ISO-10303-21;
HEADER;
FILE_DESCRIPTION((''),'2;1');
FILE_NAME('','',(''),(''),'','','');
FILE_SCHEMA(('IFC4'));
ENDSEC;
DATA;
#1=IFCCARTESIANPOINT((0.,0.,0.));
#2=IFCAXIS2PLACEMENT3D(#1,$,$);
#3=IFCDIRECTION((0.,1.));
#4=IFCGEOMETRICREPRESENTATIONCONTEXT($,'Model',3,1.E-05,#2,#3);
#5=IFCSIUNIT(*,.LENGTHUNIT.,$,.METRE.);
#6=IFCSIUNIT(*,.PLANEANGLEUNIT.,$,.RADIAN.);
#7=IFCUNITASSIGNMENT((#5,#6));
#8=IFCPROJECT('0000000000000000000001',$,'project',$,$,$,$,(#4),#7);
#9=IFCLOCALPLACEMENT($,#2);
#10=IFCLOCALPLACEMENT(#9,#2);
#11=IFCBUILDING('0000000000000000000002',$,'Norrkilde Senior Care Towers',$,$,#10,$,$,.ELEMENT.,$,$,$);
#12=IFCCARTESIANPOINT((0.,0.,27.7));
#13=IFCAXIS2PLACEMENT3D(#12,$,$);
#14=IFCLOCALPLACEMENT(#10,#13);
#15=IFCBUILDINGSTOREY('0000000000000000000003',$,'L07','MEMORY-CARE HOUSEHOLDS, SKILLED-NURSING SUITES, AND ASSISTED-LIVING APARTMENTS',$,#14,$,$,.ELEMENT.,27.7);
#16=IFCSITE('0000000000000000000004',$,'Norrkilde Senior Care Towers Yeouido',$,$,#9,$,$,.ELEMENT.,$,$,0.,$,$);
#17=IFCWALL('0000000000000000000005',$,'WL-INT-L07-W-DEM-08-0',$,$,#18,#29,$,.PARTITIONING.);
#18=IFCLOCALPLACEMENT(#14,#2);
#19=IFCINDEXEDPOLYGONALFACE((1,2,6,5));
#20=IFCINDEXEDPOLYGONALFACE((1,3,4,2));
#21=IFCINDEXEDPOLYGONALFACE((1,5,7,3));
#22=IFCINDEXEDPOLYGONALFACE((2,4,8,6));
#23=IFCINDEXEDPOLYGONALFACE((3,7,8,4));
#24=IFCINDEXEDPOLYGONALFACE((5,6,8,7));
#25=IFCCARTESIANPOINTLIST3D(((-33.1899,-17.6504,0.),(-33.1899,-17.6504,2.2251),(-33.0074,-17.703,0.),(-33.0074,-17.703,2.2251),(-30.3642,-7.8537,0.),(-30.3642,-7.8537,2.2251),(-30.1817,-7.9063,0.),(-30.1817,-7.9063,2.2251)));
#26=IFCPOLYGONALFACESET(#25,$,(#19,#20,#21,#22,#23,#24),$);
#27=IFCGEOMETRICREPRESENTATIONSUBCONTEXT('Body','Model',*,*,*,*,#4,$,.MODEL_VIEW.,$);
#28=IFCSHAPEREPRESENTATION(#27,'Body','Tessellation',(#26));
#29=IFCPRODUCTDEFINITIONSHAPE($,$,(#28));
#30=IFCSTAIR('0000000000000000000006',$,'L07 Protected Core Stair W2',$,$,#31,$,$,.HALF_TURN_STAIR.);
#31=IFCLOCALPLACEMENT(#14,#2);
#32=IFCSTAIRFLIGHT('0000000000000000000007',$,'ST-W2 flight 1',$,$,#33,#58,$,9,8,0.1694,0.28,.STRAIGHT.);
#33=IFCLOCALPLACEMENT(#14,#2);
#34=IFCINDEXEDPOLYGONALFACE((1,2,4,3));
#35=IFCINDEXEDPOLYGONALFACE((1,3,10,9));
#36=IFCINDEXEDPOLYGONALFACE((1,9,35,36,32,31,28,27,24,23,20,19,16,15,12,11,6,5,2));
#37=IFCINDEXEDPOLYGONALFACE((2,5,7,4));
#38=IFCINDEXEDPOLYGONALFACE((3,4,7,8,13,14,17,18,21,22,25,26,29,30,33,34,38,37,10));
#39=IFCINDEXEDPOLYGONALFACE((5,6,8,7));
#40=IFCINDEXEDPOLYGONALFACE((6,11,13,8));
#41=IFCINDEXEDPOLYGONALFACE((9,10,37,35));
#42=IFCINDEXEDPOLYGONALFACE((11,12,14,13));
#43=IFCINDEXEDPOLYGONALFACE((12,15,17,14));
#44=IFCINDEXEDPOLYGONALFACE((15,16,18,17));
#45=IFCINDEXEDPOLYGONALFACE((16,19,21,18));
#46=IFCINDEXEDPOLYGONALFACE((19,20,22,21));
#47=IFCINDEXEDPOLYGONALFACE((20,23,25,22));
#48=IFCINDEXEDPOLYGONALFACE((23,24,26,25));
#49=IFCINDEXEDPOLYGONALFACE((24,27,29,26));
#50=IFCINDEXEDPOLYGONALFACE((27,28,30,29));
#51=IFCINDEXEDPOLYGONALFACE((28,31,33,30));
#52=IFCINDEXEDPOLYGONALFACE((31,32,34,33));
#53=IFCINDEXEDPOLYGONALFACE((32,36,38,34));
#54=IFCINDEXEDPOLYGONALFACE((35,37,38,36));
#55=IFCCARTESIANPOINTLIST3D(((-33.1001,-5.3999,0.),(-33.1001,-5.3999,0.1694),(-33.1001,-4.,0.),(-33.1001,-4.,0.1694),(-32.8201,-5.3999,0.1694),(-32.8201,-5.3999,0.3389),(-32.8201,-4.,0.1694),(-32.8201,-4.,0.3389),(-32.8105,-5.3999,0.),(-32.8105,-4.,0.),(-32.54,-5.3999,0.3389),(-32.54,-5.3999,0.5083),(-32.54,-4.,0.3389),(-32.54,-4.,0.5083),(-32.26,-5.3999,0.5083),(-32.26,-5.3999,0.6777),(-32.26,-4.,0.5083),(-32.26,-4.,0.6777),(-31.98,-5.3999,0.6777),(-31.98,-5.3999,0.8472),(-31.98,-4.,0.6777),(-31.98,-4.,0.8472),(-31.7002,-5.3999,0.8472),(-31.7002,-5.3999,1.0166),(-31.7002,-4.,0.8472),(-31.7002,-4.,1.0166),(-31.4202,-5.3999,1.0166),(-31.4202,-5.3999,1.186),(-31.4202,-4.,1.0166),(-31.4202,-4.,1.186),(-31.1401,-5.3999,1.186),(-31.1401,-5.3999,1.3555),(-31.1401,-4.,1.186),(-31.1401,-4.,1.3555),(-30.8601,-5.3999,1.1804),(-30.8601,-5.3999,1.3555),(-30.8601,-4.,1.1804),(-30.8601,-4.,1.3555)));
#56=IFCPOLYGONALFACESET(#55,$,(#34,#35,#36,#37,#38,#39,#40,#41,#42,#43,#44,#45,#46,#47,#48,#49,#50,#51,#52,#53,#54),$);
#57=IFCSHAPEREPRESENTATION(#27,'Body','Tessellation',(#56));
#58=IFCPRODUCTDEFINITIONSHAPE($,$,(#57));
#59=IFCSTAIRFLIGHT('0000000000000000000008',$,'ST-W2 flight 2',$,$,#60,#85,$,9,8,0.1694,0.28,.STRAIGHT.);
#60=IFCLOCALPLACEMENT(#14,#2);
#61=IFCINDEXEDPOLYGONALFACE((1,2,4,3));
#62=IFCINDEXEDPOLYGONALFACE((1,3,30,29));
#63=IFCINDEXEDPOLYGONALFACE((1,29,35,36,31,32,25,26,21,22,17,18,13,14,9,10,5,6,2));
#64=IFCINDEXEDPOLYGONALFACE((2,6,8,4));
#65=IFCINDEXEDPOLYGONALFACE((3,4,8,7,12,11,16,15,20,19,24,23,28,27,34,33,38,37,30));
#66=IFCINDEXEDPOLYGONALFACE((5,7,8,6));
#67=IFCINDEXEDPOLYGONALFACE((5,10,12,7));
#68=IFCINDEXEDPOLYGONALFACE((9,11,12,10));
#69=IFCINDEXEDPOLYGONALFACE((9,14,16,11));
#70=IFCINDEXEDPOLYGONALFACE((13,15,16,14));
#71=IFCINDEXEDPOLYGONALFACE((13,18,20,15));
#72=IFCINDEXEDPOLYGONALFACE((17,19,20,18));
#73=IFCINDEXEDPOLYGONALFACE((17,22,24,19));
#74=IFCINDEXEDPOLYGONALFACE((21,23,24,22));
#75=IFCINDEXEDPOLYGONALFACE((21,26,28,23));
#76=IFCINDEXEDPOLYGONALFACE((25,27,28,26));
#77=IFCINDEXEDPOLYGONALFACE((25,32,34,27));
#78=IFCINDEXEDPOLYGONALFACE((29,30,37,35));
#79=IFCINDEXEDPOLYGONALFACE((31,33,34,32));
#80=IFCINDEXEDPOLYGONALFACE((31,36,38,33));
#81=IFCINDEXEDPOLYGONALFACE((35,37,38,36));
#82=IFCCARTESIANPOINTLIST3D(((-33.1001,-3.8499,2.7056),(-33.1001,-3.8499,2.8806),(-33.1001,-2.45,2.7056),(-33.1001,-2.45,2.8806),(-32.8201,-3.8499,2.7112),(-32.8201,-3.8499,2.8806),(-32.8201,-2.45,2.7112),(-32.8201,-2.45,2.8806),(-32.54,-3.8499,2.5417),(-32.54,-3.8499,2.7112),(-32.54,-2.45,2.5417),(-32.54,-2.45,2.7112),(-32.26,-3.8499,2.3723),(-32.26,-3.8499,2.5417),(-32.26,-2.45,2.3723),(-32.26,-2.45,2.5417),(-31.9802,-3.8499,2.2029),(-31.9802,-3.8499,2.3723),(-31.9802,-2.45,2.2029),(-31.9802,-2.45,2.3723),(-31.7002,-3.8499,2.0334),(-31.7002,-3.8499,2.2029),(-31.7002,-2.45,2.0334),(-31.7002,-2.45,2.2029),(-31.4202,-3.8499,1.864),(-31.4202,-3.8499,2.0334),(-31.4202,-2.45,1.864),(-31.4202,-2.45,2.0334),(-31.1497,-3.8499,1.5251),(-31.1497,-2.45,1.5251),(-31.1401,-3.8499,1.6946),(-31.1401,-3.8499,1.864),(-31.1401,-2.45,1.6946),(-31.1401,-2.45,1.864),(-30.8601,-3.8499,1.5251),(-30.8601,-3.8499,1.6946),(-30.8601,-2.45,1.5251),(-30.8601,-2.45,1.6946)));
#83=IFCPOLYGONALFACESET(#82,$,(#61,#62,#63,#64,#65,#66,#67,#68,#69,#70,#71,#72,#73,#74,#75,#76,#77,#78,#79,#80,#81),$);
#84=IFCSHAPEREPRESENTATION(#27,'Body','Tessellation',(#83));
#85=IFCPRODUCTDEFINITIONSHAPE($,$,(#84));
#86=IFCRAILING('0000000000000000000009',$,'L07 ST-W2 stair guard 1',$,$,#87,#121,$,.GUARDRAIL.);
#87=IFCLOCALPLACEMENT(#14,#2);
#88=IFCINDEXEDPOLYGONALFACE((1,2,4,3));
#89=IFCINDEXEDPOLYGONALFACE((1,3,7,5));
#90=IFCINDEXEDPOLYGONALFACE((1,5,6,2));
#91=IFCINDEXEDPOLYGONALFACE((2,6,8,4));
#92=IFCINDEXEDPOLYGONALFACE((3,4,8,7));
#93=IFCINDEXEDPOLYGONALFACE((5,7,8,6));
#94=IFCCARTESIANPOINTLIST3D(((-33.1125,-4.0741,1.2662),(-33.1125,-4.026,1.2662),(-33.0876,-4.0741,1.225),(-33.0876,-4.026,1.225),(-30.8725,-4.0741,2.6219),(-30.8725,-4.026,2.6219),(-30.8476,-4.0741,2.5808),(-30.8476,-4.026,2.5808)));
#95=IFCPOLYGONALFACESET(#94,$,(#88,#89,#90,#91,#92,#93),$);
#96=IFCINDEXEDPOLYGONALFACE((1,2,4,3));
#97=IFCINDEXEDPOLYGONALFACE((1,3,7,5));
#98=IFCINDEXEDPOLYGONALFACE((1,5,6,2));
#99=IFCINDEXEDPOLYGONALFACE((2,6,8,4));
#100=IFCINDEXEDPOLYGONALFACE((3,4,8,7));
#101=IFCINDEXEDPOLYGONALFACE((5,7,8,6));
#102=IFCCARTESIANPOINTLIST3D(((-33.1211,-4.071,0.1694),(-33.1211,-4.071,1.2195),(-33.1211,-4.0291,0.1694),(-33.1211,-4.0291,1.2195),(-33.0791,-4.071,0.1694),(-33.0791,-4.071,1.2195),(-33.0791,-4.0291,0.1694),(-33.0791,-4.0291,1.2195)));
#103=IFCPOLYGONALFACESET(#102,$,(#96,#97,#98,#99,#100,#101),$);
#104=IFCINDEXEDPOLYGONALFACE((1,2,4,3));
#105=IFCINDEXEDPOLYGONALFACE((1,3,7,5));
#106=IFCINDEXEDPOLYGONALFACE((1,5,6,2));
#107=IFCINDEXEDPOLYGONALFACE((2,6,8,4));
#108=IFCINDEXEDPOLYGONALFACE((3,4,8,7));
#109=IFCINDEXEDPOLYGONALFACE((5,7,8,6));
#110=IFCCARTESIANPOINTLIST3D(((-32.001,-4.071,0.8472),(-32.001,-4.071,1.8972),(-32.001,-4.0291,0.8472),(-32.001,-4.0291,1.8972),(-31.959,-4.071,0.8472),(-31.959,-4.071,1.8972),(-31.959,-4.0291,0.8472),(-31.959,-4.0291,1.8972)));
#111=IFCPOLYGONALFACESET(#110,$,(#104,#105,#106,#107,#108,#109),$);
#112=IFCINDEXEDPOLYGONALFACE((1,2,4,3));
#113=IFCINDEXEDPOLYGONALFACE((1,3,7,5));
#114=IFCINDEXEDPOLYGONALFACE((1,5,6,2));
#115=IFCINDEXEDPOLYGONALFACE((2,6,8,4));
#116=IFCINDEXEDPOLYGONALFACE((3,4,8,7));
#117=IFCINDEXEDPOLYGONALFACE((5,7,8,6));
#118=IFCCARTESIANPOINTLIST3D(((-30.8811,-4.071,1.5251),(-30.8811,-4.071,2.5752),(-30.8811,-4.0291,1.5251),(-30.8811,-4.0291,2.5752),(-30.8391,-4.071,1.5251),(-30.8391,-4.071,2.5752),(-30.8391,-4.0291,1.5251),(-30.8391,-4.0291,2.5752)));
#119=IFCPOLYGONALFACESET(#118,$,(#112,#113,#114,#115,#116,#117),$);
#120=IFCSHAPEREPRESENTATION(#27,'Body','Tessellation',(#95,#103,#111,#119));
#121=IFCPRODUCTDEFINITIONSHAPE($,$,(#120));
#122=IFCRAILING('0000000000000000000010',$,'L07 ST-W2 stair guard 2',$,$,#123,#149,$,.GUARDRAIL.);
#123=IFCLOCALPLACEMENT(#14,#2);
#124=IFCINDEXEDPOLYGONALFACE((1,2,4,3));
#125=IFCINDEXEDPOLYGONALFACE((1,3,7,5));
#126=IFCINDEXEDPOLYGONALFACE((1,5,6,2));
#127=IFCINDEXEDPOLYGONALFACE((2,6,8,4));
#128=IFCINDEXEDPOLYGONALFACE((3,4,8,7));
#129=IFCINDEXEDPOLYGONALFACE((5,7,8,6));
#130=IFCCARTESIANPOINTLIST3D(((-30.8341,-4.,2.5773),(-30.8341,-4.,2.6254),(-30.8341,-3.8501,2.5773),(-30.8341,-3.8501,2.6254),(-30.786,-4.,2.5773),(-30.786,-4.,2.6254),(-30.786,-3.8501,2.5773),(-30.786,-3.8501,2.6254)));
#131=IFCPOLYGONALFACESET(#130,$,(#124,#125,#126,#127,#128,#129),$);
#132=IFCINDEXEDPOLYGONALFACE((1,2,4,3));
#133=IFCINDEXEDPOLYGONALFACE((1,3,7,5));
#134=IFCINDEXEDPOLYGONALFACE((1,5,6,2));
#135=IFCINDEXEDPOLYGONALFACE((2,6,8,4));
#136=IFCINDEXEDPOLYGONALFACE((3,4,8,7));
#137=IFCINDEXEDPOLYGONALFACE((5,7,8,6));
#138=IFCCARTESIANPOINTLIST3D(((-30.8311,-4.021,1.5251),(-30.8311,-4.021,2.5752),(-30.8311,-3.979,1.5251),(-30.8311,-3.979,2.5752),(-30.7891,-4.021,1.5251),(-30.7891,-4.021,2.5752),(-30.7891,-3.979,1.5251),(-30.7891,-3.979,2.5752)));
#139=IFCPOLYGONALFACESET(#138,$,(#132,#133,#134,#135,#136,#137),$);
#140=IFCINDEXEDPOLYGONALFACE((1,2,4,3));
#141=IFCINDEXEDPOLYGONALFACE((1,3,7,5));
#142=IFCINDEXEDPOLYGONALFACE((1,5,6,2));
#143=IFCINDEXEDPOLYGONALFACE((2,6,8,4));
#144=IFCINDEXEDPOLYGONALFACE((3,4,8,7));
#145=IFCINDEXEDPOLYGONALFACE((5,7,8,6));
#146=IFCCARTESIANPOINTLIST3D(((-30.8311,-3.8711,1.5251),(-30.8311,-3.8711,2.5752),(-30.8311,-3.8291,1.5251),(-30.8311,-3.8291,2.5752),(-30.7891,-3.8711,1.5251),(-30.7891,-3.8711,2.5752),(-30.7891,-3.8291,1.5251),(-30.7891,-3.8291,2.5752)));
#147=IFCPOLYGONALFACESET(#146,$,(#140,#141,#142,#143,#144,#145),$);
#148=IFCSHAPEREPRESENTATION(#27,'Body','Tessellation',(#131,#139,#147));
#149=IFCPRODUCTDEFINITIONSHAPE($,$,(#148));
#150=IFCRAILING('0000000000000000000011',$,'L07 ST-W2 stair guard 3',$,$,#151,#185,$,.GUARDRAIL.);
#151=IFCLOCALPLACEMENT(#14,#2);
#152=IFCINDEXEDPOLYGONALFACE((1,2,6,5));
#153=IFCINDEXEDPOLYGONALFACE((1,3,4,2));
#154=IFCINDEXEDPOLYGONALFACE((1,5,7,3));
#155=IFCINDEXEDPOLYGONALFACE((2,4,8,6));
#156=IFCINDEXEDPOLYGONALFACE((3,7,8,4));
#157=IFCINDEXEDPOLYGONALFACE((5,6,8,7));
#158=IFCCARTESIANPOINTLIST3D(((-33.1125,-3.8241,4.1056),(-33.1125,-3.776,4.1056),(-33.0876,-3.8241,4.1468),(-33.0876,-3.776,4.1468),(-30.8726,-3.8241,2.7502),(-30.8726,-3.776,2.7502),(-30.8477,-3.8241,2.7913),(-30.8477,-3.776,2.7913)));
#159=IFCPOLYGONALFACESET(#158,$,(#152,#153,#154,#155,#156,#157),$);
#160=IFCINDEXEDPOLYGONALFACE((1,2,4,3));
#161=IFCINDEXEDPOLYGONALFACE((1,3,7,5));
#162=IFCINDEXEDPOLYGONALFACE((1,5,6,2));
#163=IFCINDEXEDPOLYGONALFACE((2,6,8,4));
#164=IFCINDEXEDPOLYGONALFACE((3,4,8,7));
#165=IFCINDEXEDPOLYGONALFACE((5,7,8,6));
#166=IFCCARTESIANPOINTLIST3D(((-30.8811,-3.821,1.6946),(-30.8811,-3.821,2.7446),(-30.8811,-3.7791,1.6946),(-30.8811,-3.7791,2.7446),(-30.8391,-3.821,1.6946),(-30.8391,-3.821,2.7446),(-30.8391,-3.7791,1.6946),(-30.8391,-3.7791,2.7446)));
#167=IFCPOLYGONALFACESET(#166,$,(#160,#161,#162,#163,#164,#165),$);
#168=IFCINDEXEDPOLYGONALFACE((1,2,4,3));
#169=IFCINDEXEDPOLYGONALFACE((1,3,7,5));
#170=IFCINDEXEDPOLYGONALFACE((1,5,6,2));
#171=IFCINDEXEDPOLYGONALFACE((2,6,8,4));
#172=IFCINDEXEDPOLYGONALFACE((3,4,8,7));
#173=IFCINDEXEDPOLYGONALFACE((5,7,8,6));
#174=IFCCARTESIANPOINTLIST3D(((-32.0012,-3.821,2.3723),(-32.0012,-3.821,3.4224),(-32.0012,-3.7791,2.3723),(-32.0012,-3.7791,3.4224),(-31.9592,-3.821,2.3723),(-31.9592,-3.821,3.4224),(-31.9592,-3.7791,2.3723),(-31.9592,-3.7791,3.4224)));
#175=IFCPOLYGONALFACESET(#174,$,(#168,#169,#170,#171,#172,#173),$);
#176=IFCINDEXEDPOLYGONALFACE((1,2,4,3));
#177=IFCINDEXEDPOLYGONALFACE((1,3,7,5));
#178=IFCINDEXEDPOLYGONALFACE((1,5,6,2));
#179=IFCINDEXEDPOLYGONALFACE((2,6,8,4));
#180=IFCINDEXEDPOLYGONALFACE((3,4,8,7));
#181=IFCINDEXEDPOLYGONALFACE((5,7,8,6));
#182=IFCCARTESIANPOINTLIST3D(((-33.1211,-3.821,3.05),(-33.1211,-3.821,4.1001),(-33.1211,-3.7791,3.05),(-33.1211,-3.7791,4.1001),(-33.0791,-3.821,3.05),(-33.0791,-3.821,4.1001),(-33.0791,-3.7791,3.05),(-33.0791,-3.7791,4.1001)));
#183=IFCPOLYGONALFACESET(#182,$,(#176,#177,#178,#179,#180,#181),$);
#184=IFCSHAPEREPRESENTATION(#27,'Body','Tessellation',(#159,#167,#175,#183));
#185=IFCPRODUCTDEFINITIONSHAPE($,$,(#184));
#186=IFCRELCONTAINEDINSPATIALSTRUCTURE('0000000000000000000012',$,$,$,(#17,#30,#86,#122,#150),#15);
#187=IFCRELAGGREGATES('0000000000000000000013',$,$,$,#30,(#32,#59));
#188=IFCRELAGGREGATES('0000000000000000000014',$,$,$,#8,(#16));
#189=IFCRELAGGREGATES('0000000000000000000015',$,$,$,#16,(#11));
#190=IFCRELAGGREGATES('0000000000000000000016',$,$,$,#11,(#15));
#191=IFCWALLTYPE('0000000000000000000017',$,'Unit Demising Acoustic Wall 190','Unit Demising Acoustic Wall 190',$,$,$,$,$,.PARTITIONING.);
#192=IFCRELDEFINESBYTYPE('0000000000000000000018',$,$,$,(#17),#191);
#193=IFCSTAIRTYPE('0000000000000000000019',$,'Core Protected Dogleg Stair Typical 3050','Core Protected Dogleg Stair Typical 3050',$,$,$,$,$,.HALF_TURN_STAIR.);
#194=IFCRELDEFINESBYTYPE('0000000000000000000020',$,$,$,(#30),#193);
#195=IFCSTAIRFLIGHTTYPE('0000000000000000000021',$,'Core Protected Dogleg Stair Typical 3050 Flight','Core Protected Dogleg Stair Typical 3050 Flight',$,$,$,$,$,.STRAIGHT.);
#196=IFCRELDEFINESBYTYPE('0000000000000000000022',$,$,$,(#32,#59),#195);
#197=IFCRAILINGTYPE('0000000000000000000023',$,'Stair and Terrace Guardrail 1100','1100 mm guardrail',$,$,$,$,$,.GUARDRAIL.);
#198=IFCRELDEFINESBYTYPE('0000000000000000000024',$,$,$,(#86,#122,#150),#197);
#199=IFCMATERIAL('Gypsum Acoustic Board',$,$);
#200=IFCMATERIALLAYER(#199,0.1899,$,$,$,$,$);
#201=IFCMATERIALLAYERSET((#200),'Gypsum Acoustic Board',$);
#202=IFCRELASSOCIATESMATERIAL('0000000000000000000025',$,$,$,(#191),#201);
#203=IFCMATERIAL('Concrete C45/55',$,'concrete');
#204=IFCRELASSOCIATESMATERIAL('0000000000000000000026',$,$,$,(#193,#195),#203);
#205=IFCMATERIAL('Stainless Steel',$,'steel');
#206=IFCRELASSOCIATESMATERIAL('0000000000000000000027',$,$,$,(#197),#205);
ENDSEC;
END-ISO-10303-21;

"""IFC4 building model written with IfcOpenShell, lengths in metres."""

from ifc_helpers import new_model, si_unit, direction, frame, frame_2d, origin, origin_2d, place, context, subcontext, project, spatial, polyline, rectangle, outline, extrude, source, transform, mapped, material, layer, layer_set, type_object, type_shapes, element, aggregate, save


model = new_model("IFC4")

# Units and contexts
model_context = context("Model", 3, precision=1e-05, world=origin(), true_north=direction((0.0, 1.0)))
body_context = subcontext(model_context, "Body", "Model", "MODEL_VIEW")
ifc_project = project(units=[si_unit("LENGTHUNIT", "METRE"), si_unit("PLANEANGLEUNIT", "RADIAN")], contexts=[model_context])

# Site, building, storey
site_placement = place(None, origin())
site = spatial("IfcSite", under=ifc_project, at=site_placement, Name="Norrkilde Senior Care Towers Yeouido", CompositionType="ELEMENT", RefElevation=0.0)
building_placement = place(site_placement, origin())
building = spatial("IfcBuilding", under=site, at=building_placement, Name="Norrkilde Senior Care Towers", CompositionType="ELEMENT")
storey_placement = place(building_placement, frame((0.0, 0.0, 27.7)))
storey = spatial("IfcBuildingStorey", under=building, at=storey_placement, Name="L07", Description="MEMORY-CARE HOUSEHOLDS, SKILLED-NURSING SUITES, AND ASSISTED-LIVING APARTMENTS", CompositionType="ELEMENT", Elevation=27.7)

# Shared definitions
ifc_material_1 = material(Name="Concrete C45/55", Category="concrete")

# Wall
ifc_material_2 = material(Name="Gypsum Acoustic Board")
ifc_layer_1 = layer(ifc_material_2, 0.1899)
ifc_layer_set_1 = layer_set([ifc_layer_1], Name="Gypsum Acoustic Board")
wall_type_1 = type_object("IfcWallType", Name="Unit Demising Acoustic Wall 190", Description="Unit Demising Acoustic Wall 190", PredefinedType="PARTITIONING", material=ifc_layer_set_1)
shared_shape_1 = source(origin(), body_context, "Body", "SweptSolid", [
    extrude(rectangle(XDim=10.196, YDim=0.1899, at=frame_2d((5.0981, 0.0))), origin(), (0.0, 0.0, 1.0), 2.2251),
])
type_shapes(wall_type_1, [shared_shape_1])
wall_1_placement = place(storey_placement, frame((-30.2729, -7.8799, 0.0), z_axis=(0.0, 0.0, 1.0), x_axis=(-0.277136, -0.960831, 0.0)))
element("IfcWall", 1, at=wall_1_placement, inside=storey, type_object=wall_type_1, Name="WL-INT-L07-W-DEM-08-0", PredefinedType="PARTITIONING", context=body_context, shape_type="MappedRepresentation", body=[
    mapped(shared_shape_1, transform((0.0, 0.0, 0.0), x_axis=(1.0, 0.0, 0.0), y_axis=(0.0, 1.0, 0.0), z_axis=(0.0, 0.0, 1.0), scale=1.0)),
])

# Stair, stair flights
stair_type = type_object("IfcStairType", Name="Core Protected Dogleg Stair Typical 3050", Description="Core Protected Dogleg Stair Typical 3050", PredefinedType="HALF_TURN_STAIR", material=ifc_material_1)
stair_placement = place(storey_placement, origin())
stair = element("IfcStair", 2, at=stair_placement, inside=storey, type_object=stair_type, Name="L07 Protected Core Stair W2", PredefinedType="HALF_TURN_STAIR")
stair_flight_type = type_object("IfcStairFlightType", Name="Core Protected Dogleg Stair Typical 3050 Flight", Description="Core Protected Dogleg Stair Typical 3050 Flight", PredefinedType="STRAIGHT", material=ifc_material_1)
stair_flight_1_placement = place(storey_placement, frame((-33.1001, -4.7, 0.0), z_axis=(0.0, 0.0, 1.0), x_axis=(1.0, 0.0, 0.0)))
stair_flight_1 = element("IfcStairFlight", 3, at=stair_flight_1_placement, type_object=stair_flight_type, Name="ST-W2 flight 1", NumberOfRisers=9, NumberOfTreads=8, PredefinedType="STRAIGHT", RiserHeight=0.1694, TreadLength=0.28, context=body_context, shape_type="SweptSolid", body=[
    extrude(outline(polyline([(0.0, 0.0), (0.0, 0.1694), (0.28, 0.1694), (0.28, 0.3389), (0.5601, 0.3389), (0.5601, 0.5083), (0.8401, 0.5083), (0.8401, 0.6777), (1.1201, 0.6777), (1.1201, 0.8472), (1.3999, 0.8472), (1.3999, 1.0166), (1.6799, 1.0166), (1.6799, 1.186), (1.96, 1.186), (1.96, 1.3555), (2.24, 1.3555), (2.24, 1.5249), (2.24, 1.1804), (0.2896, 0.0), (0.0, 0.0)])), frame((0.0, 0.7, 0.0), z_axis=(0.0, -1.0, 0.0), x_axis=(1.0, 0.0, 0.0)), (0.0, 0.0, 1.0), 1.3999),
])
stair_flight_2_placement = place(storey_placement, frame((-30.8601, -3.1499, 1.5251), z_axis=(0.0, 0.0, 1.0), x_axis=(-1.0, 0.0, 0.0)))
stair_flight_2 = element("IfcStairFlight", 4, at=stair_flight_2_placement, type_object=stair_flight_type, Name="ST-W2 flight 2", NumberOfRisers=9, NumberOfTreads=8, PredefinedType="STRAIGHT", RiserHeight=0.1694, TreadLength=0.28, context=body_context, shape_type="SweptSolid", body=[
    extrude(outline(polyline([(0.0, 0.0), (0.0, 0.1694), (0.28, 0.1694), (0.28, 0.3389), (0.5601, 0.3389), (0.5601, 0.5083), (0.8401, 0.5083), (0.8401, 0.6777), (1.1201, 0.6777), (1.1201, 0.8472), (1.3999, 0.8472), (1.3999, 1.0166), (1.6799, 1.0166), (1.6799, 1.186), (1.96, 1.186), (1.96, 1.3555), (2.24, 1.3555), (2.24, 1.5249), (2.24, 1.1804), (0.2896, 0.0), (0.0, 0.0)])), frame((0.0, 0.7, 0.0), z_axis=(0.0, -1.0, 0.0), x_axis=(1.0, 0.0, 0.0)), (0.0, 0.0, 1.0), 1.3999),
])
aggregate(stair, [stair_flight_1, stair_flight_2])

# Railings
ifc_material_3 = material(Name="Stainless Steel", Category="steel")
railing_type_1 = type_object("IfcRailingType", Name="Stair and Terrace Guardrail 1100", Description="1100 mm guardrail", PredefinedType="GUARDRAIL", material=ifc_material_3)
railing_1_placement = place(storey_placement, frame((-33.1001, -4.05, 0.1694)))
element("IfcRailing", 5, at=railing_1_placement, inside=storey, type_object=railing_type_1, Name="L07 ST-W2 stair guard 1", PredefinedType="GUARDRAIL", context=body_context, shape_type="SweptSolid", body=[
    extrude(rectangle(XDim=0.0481, YDim=0.0481, at=origin_2d()), frame((0.0, 0.0, 1.0762), z_axis=(0.855512, 0.0, 0.517783), x_axis=(0.0, 1.0, 0.0)), (0.0, 0.0, 1.0), 2.6184),
    extrude(rectangle(XDim=0.042, YDim=0.042, at=origin_2d()), origin(), (0.0, 0.0, 1.0), 1.05),
    extrude(rectangle(XDim=0.042, YDim=0.042, at=origin_2d()), frame((1.1201, 0.0, 0.6777)), (0.0, 0.0, 1.0), 1.05),
    extrude(rectangle(XDim=0.042, YDim=0.042, at=origin_2d()), frame((2.24, 0.0, 1.3557)), (0.0, 0.0, 1.0), 1.05),
])
railing_2_placement = place(storey_placement, frame((-30.8101, -4.0, 1.5251)))
element("IfcRailing", 6, at=railing_2_placement, inside=storey, type_object=railing_type_1, Name="L07 ST-W2 stair guard 2", PredefinedType="GUARDRAIL", context=body_context, shape_type="SweptSolid", body=[
    extrude(rectangle(XDim=0.0481, YDim=0.0481, at=origin_2d()), frame((0.0, 0.0, 1.0762), z_axis=(0.0, 1.0, 0.0), x_axis=(-1.0, 0.0, 0.0)), (0.0, 0.0, 1.0), 0.1499),
    extrude(rectangle(XDim=0.042, YDim=0.042, at=origin_2d()), origin(), (0.0, 0.0, 1.0), 1.05),
    extrude(rectangle(XDim=0.042, YDim=0.042, at=origin_2d()), frame((0.0, 0.1499, 0.0)), (0.0, 0.0, 1.0), 1.05),
])
railing_3_placement = place(storey_placement, frame((-30.8601, -3.8, 1.6946)))
element("IfcRailing", 7, at=railing_3_placement, inside=storey, type_object=railing_type_1, Name="L07 ST-W2 stair guard 3", PredefinedType="GUARDRAIL", context=body_context, shape_type="SweptSolid", body=[
    extrude(rectangle(XDim=0.0481, YDim=0.0481, at=origin_2d()), frame((0.0, 0.0, 1.0762), z_axis=(-0.855553, 0.0, 0.517715), x_axis=(0.0, -1.0, 0.0)), (0.0, 0.0, 1.0), 2.6182),
    extrude(rectangle(XDim=0.042, YDim=0.042, at=origin_2d()), origin(), (0.0, 0.0, 1.0), 1.05),
    extrude(rectangle(XDim=0.042, YDim=0.042, at=origin_2d()), frame((-1.1201, 0.0, 0.6777)), (0.0, 0.0, 1.0), 1.05),
    extrude(rectangle(XDim=0.042, YDim=0.042, at=origin_2d()), frame((-2.24, 0.0, 1.3555)), (0.0, 0.0, 1.0), 1.05),
])

save(model, "model.ifc")
